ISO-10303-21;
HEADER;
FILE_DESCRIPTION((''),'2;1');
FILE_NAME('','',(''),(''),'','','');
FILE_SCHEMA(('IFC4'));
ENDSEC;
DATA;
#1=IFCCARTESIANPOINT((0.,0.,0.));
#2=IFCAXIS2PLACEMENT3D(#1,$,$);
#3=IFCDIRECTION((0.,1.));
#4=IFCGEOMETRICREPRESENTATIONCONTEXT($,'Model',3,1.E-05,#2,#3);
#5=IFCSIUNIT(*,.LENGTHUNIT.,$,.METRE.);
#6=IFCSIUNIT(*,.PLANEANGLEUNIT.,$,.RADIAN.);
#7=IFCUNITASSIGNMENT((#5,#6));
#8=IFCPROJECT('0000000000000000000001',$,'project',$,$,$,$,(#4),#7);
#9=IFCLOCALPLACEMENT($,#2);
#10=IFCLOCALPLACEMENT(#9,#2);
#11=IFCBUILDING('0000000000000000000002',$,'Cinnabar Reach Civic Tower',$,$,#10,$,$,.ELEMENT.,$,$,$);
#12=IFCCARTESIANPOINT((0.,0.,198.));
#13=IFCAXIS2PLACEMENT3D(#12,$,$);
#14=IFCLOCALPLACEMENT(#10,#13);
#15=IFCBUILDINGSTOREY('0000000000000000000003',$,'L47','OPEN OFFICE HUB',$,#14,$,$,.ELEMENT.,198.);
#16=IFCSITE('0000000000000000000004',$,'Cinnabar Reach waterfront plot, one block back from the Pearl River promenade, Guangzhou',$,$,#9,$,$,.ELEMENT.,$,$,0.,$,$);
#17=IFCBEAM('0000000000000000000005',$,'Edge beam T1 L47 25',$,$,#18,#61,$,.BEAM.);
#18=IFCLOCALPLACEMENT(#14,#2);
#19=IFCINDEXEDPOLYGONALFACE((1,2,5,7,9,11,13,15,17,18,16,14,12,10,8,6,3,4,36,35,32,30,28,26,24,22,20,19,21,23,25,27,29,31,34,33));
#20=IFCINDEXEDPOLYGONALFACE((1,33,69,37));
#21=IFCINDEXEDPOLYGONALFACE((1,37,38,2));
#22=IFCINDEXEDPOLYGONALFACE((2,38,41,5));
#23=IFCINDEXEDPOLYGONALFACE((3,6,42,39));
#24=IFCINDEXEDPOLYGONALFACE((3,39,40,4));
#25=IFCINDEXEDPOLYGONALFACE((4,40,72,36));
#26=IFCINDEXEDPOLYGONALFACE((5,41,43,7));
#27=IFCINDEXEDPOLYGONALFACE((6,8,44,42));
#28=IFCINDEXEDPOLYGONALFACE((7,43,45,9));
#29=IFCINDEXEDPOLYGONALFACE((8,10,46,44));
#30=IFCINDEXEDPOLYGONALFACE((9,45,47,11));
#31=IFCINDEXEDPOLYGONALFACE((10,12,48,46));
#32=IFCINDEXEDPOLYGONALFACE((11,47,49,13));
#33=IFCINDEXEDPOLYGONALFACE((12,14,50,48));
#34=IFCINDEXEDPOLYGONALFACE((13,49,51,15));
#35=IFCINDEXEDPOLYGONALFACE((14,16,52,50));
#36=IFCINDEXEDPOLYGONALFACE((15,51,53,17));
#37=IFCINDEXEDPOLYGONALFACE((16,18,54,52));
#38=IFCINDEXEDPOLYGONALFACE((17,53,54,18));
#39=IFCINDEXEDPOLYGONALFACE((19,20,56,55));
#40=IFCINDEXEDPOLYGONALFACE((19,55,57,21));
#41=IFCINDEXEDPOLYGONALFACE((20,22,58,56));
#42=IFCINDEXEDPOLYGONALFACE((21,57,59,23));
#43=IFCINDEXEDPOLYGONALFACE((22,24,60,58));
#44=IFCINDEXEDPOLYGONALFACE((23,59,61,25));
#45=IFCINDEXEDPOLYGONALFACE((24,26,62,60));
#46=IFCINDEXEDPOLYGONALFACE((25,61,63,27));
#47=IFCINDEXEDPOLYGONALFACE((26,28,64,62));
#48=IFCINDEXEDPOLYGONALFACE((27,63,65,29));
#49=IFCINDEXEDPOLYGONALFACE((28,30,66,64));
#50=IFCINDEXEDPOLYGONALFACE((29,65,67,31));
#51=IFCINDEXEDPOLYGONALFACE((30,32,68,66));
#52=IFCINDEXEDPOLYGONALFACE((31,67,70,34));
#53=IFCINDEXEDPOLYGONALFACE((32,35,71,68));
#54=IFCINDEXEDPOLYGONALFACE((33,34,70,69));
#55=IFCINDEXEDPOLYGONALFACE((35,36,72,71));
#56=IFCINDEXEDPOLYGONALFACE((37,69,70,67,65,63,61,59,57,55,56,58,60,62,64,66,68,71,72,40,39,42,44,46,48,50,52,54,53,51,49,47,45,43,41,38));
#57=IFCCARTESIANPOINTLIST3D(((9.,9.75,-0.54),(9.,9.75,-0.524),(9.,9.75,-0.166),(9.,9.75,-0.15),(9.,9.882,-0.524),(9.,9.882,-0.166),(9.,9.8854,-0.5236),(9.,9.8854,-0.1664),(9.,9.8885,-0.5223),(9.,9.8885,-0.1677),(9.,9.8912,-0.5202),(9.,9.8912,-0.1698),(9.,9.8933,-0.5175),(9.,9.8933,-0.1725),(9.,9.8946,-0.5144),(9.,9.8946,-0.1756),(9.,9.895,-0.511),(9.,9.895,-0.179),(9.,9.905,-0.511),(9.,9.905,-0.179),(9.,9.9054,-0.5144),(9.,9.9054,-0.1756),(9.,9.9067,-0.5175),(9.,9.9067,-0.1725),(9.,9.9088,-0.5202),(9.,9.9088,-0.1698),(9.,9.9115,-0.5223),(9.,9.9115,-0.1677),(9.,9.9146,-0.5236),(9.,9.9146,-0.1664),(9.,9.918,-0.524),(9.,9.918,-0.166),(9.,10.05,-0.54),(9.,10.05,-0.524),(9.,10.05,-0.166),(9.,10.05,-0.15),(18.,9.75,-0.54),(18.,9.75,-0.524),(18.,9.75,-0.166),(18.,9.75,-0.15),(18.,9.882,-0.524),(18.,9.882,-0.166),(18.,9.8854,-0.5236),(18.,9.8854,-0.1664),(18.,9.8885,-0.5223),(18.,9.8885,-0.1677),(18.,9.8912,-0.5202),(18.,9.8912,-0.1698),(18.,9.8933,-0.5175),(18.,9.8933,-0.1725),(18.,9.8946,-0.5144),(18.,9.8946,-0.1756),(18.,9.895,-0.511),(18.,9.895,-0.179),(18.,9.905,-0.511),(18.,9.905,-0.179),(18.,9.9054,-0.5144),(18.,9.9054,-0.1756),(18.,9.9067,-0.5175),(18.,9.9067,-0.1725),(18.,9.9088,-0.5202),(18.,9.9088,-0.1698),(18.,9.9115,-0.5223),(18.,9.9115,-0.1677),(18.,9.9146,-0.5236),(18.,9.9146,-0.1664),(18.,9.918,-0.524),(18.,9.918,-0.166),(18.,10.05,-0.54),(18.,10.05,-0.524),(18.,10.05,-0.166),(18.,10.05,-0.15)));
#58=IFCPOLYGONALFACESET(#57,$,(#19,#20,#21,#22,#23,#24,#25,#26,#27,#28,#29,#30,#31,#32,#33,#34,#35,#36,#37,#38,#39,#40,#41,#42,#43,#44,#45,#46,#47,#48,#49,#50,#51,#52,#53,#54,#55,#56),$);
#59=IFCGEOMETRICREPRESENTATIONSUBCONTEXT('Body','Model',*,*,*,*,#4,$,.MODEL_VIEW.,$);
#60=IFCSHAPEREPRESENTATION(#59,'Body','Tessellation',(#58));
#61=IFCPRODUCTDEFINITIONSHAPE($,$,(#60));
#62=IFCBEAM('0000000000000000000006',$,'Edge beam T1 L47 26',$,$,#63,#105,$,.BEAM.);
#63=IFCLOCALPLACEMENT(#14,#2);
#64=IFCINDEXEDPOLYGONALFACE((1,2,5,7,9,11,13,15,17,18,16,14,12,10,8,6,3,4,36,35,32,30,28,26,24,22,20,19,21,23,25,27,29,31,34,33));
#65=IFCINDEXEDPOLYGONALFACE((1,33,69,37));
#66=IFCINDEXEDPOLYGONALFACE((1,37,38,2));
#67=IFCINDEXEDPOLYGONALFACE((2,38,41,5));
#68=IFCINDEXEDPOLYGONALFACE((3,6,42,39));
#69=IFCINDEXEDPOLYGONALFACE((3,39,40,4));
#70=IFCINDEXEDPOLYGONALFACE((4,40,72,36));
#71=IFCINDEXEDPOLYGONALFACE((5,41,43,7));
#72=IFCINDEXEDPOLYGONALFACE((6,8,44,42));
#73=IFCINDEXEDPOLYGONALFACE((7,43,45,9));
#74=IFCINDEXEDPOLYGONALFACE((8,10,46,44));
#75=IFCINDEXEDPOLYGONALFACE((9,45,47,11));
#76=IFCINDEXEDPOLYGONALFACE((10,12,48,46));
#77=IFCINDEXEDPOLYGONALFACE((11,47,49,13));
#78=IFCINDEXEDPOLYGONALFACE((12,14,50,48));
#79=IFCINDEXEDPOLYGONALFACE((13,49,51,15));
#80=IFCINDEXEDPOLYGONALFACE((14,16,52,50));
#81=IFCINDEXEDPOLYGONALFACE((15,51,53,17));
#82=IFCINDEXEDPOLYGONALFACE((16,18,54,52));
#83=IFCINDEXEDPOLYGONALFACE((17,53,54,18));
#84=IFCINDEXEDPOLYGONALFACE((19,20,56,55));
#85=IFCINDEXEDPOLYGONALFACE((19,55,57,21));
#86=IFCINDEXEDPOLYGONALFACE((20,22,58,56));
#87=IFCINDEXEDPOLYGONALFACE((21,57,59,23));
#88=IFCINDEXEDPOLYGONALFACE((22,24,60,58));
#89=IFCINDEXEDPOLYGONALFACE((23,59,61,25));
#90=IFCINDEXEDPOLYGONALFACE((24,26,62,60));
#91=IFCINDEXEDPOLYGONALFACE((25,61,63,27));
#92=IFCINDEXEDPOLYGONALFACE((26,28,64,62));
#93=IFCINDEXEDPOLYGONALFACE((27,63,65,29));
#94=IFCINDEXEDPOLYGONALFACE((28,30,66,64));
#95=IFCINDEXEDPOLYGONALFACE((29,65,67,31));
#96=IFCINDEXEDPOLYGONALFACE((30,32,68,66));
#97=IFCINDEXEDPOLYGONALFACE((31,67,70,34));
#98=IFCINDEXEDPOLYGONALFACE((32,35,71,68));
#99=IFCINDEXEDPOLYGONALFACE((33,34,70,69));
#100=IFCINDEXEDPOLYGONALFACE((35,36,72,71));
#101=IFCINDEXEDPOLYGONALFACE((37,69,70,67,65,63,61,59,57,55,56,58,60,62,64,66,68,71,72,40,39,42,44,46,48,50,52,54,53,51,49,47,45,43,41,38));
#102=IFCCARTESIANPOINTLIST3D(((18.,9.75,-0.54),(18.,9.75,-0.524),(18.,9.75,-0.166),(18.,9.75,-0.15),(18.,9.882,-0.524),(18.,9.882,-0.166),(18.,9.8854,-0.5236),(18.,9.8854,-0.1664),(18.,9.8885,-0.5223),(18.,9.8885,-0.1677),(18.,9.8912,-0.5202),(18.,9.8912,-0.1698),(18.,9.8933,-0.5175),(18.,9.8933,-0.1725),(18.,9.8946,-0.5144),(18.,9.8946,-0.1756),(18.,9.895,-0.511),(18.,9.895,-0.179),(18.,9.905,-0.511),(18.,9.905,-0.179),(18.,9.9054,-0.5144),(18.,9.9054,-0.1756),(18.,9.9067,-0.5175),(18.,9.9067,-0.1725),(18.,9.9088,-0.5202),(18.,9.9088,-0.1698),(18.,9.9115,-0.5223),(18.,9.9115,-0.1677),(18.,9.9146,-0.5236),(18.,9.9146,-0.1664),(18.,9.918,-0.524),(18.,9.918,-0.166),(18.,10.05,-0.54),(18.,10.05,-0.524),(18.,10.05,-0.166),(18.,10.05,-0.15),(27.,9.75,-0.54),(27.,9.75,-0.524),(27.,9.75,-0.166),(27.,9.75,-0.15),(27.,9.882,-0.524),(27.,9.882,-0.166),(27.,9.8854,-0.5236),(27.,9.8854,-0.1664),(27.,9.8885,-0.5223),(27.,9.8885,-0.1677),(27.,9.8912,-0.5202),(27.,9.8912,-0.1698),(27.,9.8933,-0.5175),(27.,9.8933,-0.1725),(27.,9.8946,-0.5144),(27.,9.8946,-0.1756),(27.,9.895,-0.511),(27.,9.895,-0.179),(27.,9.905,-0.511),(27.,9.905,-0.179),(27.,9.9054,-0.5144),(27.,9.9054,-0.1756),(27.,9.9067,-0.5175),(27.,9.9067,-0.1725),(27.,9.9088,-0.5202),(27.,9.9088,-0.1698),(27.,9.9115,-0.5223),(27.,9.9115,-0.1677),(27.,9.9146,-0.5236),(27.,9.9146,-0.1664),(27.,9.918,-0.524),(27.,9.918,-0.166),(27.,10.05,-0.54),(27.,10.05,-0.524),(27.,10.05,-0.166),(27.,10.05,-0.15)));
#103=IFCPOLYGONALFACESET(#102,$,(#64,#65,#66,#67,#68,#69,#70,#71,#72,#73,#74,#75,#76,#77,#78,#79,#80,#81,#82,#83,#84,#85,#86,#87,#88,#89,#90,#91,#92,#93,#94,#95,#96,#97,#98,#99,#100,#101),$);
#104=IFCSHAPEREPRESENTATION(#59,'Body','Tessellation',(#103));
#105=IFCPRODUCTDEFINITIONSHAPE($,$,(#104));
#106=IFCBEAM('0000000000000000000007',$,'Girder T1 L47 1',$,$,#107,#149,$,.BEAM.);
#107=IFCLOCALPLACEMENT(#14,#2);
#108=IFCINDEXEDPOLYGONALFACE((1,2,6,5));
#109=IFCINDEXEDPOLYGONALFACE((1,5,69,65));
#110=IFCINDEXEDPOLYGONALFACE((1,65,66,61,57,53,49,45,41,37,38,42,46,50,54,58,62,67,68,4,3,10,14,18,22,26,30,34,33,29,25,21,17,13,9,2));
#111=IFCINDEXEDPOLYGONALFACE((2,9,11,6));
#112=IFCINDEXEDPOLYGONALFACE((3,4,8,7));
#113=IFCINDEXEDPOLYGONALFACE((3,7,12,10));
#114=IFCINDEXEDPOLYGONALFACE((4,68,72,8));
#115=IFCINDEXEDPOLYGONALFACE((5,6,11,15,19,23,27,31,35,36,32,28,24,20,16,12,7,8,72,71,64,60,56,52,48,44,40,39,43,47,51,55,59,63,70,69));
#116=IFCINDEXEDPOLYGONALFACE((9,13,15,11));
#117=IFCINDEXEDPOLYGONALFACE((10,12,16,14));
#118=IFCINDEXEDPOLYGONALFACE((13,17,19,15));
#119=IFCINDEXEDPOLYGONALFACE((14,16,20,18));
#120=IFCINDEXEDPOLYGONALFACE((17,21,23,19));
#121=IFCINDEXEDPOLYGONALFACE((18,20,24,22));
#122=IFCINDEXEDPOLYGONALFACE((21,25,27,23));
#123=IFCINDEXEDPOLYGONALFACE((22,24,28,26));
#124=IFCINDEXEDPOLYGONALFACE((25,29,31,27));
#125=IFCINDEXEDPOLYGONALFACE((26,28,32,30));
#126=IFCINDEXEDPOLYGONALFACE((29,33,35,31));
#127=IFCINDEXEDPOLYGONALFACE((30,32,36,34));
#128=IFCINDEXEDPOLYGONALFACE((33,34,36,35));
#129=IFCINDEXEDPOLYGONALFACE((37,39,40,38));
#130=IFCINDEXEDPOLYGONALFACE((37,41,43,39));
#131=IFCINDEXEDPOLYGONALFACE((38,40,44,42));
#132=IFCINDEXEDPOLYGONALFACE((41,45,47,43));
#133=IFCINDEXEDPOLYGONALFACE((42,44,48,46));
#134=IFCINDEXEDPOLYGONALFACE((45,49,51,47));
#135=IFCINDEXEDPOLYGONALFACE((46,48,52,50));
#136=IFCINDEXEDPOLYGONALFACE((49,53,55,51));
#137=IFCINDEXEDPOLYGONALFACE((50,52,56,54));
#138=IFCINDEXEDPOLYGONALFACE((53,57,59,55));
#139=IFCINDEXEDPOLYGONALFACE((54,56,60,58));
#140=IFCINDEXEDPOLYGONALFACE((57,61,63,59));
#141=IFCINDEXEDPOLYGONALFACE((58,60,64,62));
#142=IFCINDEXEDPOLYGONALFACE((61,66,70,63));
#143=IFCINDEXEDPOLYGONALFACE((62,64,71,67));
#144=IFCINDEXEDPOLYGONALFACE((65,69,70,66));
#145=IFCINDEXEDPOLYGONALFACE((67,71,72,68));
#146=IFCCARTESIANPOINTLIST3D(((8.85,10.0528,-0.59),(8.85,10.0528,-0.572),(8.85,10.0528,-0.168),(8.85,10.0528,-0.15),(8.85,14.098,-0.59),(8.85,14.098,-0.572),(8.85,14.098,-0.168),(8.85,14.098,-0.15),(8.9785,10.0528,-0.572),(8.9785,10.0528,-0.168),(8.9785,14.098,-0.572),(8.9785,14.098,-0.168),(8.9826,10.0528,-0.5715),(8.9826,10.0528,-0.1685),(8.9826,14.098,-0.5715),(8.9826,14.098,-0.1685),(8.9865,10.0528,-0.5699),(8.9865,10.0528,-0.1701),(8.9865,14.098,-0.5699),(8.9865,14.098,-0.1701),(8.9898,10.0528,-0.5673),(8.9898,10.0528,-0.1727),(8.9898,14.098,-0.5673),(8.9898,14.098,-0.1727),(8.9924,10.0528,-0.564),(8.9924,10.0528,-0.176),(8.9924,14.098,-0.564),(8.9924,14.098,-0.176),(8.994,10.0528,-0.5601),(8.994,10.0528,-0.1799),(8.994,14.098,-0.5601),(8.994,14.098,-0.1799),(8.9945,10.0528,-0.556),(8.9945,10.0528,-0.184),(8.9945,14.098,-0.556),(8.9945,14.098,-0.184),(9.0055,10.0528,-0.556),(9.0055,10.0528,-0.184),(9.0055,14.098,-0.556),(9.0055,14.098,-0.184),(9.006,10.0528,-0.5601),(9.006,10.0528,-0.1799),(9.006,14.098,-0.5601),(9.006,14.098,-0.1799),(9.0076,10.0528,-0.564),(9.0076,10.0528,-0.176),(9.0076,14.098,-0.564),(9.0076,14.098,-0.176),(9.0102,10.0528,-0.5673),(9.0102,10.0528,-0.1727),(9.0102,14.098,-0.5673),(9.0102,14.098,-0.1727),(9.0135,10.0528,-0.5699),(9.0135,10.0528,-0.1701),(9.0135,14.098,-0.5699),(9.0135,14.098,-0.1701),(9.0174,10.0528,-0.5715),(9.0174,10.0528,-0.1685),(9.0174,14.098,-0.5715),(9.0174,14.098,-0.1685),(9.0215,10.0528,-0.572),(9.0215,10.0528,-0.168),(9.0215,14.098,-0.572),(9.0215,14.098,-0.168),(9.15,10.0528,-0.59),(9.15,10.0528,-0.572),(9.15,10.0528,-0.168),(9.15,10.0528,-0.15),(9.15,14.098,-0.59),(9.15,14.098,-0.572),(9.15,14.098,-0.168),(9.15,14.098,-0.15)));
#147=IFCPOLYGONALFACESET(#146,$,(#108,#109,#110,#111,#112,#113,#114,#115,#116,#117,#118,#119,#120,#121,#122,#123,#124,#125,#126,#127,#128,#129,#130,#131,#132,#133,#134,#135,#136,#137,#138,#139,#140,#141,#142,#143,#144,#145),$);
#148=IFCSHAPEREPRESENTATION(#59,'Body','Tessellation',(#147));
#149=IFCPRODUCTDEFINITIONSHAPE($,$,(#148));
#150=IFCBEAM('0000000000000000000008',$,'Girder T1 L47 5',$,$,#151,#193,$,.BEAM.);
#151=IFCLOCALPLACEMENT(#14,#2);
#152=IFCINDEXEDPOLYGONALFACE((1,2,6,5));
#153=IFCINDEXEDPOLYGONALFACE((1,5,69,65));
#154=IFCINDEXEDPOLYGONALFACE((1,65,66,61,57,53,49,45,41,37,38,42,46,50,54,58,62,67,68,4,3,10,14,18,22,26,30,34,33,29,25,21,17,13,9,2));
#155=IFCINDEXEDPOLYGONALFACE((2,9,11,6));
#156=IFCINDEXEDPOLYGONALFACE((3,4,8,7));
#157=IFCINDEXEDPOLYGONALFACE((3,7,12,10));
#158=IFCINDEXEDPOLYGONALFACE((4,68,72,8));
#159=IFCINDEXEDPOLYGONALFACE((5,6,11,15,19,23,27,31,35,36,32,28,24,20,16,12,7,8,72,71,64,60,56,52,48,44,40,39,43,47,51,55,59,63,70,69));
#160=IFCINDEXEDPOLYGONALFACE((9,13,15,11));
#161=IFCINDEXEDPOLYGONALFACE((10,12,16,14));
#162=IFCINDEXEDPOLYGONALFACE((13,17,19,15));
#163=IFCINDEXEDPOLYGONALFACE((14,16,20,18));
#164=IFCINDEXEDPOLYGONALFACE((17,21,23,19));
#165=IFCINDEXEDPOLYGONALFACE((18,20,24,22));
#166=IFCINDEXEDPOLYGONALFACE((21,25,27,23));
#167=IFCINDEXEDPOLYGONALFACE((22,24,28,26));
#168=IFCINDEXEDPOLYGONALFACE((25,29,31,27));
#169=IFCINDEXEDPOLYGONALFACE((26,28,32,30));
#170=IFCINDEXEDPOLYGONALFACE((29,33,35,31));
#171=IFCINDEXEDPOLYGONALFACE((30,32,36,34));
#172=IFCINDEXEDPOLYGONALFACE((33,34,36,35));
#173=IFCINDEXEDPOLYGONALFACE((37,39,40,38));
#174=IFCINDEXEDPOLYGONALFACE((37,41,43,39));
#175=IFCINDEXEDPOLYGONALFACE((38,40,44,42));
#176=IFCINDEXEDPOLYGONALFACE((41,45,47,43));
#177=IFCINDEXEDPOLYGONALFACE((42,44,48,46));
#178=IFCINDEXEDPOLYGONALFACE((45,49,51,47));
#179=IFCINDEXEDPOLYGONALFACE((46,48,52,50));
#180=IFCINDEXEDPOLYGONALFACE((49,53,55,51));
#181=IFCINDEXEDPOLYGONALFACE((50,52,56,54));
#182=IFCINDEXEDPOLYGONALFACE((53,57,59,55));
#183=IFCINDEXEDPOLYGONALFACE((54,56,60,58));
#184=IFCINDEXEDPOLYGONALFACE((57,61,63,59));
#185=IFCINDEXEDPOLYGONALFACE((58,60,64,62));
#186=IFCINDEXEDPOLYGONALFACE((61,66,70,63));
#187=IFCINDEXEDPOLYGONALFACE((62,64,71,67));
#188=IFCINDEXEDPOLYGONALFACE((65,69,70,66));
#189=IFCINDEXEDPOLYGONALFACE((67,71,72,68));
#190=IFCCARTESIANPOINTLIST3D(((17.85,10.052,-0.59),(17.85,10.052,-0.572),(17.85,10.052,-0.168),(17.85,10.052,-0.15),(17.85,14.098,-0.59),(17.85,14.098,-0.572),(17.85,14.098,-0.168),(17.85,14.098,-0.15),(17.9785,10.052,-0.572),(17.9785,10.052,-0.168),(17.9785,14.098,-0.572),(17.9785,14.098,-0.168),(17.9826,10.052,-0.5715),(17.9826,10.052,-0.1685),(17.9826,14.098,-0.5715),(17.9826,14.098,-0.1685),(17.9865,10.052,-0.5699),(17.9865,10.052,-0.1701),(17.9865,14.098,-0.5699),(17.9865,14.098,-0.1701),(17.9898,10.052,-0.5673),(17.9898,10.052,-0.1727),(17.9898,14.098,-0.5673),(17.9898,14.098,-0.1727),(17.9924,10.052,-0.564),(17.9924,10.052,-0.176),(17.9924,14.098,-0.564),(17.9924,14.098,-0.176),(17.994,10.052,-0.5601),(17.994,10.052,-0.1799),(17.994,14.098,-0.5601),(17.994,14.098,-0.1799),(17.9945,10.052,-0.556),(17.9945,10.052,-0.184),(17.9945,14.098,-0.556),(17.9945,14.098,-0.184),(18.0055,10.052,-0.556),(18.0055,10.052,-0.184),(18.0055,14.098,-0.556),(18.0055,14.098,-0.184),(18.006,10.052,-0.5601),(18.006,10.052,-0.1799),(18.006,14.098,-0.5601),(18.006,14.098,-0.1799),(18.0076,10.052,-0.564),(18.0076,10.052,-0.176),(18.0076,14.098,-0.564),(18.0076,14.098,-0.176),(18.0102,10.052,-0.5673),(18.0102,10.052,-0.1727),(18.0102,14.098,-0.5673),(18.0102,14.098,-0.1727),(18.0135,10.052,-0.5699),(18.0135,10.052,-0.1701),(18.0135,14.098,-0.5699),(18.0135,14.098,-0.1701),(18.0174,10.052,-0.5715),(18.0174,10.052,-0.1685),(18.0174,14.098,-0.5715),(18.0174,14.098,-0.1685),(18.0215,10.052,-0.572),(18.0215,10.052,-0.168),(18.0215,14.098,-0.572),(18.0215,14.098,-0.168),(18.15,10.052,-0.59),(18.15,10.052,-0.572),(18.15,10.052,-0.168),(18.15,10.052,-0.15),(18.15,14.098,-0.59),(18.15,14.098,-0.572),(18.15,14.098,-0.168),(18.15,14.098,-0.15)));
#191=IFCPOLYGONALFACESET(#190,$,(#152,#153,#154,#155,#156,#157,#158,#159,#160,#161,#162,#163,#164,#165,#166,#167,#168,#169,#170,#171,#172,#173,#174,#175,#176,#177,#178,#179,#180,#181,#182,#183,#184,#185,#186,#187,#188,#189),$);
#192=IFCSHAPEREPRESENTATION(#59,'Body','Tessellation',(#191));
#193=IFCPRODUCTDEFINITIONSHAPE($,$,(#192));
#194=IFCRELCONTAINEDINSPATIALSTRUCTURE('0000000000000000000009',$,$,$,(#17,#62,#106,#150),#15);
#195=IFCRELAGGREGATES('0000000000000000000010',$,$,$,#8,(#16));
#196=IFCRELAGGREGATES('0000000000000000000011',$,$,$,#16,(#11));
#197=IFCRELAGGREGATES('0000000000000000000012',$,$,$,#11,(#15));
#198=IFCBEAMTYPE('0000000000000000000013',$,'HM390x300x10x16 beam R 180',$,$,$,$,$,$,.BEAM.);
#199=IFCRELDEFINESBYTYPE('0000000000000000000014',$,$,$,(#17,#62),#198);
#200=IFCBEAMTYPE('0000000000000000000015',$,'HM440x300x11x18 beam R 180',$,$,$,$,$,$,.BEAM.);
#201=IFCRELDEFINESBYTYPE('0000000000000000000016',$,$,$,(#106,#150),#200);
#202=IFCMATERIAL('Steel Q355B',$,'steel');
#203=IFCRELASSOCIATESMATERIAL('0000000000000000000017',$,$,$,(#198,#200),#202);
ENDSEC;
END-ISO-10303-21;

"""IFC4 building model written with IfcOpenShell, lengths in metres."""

from ifc_helpers import new_model, si_unit, direction, frame, origin, origin_2d, place, context, subcontext, project, spatial, i_section, extrude, material, material_profile, profile_set, type_object, element, save


model = new_model("IFC4")

# Units and contexts
model_context = context("Model", 3, precision=1e-05, world=origin(), true_north=direction((0.0, 1.0)))
body_context = subcontext(model_context, "Body", "Model", "MODEL_VIEW")
ifc_project = project(units=[si_unit("LENGTHUNIT", "METRE"), si_unit("PLANEANGLEUNIT", "RADIAN")], contexts=[model_context])

# Site, building, storey
site_placement = place(None, origin())
site = spatial("IfcSite", under=ifc_project, at=site_placement, Name="Cinnabar Reach waterfront plot, one block back from the Pearl River promenade, Guangzhou", CompositionType="ELEMENT", RefElevation=0.0)
building_placement = place(site_placement, origin())
building = spatial("IfcBuilding", under=site, at=building_placement, Name="Cinnabar Reach Civic Tower", CompositionType="ELEMENT")
storey_placement = place(building_placement, frame((0.0, 0.0, 198.0)))
storey = spatial("IfcBuildingStorey", under=building, at=storey_placement, Name="L47", Description="OPEN OFFICE HUB", CompositionType="ELEMENT", Elevation=198.0)

# Beams
ifc_material_1 = material(Name="Steel Q355B", Category="steel")
ifc_material_profile_1 = material_profile(ifc_material_1, i_section(OverallWidth=0.3, OverallDepth=0.39, WebThickness=0.01, FlangeThickness=0.016, FilletRadius=0.013, at=origin_2d()), Name="HM390x300x10x16")
ifc_profile_set_1 = profile_set([ifc_material_profile_1], Name="Steel Q355B")
beam_type_1 = type_object("IfcBeamType", Name="HM390x300x10x16 beam R 180", PredefinedType="BEAM", material=ifc_profile_set_1)
for number, where, z_axis, x_axis, name in (
    (1, (9.0, 9.9, -0.345), (1.0, 0.0, 0.0), (0.0, 1.0, 0.0), "Edge beam T1 L47 25"),
    (2, (18.0, 9.9, -0.345), (1.0, 0.0, 0.0), (0.0, 1.0, 0.0), "Edge beam T1 L47 26"),
):
    element("IfcBeam", number, at=place(storey_placement, frame(where, z_axis=z_axis, x_axis=x_axis)), inside=storey, type_object=beam_type_1, Name=name, PredefinedType="BEAM", context=body_context, shape_type="SweptSolid", body=[
        extrude(i_section(OverallWidth=0.3, OverallDepth=0.39, WebThickness=0.01, FlangeThickness=0.016, FilletRadius=0.013, at=origin_2d()), origin(), (0.0, 0.0, 1.0), 9.0),
    ])
ifc_material_profile_2 = material_profile(ifc_material_1, i_section(OverallWidth=0.3, OverallDepth=0.44, WebThickness=0.011, FlangeThickness=0.018, FilletRadius=0.016, at=origin_2d()), Name="HM440x300x11x18")
ifc_profile_set_2 = profile_set([ifc_material_profile_2], Name="Steel Q355B")
beam_type_2 = type_object("IfcBeamType", Name="HM440x300x11x18 beam R 180", PredefinedType="BEAM", material=ifc_profile_set_2)
beam_1_placement = place(storey_placement, frame((9.0, 10.0528, -0.37), z_axis=(0.0, 1.0, 0.0), x_axis=(-1.0, 0.0, 0.0)))
element("IfcBeam", 3, at=beam_1_placement, inside=storey, type_object=beam_type_2, Name="Girder T1 L47 1", PredefinedType="BEAM", context=body_context, shape_type="SweptSolid", body=[
    extrude(i_section(OverallWidth=0.3, OverallDepth=0.44, WebThickness=0.011, FlangeThickness=0.018, FilletRadius=0.016, at=origin_2d()), origin(), (0.0, 0.0, 1.0), 4.0452),
])
beam_2_placement = place(storey_placement, frame((18.0, 10.052, -0.37), z_axis=(0.0, 1.0, 0.0), x_axis=(-1.0, 0.0, 0.0)))
element("IfcBeam", 4, at=beam_2_placement, inside=storey, type_object=beam_type_2, Name="Girder T1 L47 5", PredefinedType="BEAM", context=body_context, shape_type="SweptSolid", body=[
    extrude(i_section(OverallWidth=0.3, OverallDepth=0.44, WebThickness=0.011, FlangeThickness=0.018, FilletRadius=0.016, at=origin_2d()), origin(), (0.0, 0.0, 1.0), 4.046),
])

save(model, "model.ifc")
